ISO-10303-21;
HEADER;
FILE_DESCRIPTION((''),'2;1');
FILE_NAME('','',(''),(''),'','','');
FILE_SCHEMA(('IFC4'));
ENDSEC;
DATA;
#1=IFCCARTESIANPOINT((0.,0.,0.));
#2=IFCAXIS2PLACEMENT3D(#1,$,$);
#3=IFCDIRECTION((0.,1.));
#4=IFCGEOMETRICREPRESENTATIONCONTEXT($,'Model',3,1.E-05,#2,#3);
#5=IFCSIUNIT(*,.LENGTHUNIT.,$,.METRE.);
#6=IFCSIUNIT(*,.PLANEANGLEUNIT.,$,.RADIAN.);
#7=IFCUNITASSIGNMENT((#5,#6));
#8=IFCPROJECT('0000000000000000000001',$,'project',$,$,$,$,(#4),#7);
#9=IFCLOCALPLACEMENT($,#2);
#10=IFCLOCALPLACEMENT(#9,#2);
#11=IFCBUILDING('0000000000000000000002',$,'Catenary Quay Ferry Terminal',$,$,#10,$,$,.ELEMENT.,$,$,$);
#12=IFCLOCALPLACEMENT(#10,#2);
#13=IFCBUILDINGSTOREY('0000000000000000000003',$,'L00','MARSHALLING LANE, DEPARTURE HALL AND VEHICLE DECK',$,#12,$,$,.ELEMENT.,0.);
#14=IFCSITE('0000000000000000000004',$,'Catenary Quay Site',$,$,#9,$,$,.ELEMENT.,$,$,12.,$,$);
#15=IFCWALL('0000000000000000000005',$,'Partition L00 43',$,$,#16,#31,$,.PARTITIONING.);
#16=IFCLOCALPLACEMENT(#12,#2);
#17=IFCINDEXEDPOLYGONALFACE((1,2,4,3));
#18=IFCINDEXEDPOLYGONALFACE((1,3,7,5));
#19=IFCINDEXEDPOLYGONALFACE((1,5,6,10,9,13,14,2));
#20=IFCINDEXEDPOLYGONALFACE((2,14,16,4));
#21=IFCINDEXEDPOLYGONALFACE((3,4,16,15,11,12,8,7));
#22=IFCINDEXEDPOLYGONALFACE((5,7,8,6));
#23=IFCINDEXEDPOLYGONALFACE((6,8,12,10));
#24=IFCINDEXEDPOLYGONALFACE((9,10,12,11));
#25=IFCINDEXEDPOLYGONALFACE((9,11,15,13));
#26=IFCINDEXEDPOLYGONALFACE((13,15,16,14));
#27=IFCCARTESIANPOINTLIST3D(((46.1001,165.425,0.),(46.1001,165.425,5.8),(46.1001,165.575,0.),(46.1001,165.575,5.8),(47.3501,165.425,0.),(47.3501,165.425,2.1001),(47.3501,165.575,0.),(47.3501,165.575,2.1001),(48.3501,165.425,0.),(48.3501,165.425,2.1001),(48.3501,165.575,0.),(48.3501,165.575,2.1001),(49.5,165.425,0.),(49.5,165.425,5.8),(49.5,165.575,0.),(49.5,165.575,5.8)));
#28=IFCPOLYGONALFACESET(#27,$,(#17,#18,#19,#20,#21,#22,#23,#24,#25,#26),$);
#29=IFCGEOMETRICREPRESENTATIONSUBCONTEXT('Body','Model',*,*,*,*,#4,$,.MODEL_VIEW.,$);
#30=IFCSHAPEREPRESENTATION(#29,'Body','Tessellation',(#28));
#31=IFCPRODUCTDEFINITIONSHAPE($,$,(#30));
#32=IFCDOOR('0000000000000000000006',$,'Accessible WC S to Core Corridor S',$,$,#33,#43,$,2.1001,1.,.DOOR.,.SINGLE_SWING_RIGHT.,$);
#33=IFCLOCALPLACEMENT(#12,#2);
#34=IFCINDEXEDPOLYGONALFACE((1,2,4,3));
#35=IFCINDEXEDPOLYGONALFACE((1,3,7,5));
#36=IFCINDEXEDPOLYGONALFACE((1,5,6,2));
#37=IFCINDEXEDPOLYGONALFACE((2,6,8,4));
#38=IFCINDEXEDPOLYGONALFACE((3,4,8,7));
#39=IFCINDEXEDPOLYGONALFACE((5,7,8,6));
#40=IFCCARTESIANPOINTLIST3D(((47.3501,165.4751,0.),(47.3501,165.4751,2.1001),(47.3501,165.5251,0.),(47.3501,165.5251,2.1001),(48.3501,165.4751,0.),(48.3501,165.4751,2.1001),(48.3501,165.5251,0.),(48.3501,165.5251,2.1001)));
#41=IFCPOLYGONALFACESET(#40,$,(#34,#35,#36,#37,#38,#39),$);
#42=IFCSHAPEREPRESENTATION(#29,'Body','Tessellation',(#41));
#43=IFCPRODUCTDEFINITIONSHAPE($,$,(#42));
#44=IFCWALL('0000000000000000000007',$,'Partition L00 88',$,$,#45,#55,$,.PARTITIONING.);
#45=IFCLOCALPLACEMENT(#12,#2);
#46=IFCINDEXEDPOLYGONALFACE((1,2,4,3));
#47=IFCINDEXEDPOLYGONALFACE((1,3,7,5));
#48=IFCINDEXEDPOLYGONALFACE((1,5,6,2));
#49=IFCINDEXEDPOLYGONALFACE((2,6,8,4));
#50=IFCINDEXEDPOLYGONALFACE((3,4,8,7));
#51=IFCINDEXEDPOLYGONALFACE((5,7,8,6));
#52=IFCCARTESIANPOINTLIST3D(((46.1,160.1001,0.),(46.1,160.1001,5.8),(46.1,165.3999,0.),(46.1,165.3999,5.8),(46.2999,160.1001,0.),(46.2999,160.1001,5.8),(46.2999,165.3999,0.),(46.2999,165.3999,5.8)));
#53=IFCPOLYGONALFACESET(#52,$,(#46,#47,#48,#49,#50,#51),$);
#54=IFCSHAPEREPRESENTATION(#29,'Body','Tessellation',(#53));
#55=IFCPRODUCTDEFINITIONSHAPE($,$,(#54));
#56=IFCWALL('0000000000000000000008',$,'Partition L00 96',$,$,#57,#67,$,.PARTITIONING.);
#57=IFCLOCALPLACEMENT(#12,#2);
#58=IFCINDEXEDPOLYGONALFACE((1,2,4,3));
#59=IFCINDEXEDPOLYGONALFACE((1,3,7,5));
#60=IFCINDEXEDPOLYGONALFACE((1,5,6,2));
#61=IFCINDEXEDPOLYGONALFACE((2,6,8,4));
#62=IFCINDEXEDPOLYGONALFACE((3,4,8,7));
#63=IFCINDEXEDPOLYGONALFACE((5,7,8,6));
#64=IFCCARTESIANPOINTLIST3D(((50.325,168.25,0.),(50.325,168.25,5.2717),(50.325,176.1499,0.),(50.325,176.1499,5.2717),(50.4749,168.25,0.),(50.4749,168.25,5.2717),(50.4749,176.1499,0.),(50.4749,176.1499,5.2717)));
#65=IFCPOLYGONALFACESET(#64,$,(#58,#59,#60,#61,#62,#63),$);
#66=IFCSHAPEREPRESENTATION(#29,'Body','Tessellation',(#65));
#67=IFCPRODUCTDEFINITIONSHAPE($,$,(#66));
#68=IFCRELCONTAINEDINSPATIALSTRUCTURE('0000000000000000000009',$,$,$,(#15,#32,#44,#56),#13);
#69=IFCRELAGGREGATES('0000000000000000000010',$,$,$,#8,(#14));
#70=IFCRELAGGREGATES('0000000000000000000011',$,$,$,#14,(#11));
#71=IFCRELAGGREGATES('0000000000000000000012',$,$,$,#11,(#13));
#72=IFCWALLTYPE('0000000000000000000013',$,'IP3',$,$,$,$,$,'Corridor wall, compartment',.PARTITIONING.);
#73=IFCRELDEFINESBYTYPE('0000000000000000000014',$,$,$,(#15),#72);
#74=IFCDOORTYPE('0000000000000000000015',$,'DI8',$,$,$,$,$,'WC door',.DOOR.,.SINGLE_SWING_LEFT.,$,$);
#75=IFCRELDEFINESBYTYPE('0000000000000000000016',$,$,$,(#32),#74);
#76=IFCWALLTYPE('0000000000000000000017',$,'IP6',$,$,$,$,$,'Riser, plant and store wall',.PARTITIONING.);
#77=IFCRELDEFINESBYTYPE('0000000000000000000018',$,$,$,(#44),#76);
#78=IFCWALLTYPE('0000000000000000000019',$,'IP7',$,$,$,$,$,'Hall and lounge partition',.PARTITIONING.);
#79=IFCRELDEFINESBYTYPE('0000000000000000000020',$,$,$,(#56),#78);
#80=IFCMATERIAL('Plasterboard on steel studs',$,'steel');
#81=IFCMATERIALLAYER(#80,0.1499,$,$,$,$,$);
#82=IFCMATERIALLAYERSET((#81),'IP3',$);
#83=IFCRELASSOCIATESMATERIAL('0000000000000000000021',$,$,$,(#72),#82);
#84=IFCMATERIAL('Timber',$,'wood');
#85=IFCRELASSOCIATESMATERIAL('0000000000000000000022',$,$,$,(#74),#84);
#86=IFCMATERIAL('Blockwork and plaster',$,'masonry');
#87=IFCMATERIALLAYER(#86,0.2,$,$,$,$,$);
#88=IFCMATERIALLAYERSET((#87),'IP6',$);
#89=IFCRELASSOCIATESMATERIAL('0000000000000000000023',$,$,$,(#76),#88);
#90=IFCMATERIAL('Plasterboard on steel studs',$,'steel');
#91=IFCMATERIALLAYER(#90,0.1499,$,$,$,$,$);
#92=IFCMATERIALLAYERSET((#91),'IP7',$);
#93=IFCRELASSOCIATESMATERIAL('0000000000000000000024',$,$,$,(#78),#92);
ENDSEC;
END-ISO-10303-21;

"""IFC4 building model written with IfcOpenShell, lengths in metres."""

from ifc_helpers import new_model, si_unit, direction, frame, frame_2d, origin, place, context, subcontext, project, spatial, rectangle, extrude, material, layer, layer_set, type_object, element, fill, save


model = new_model("IFC4")

# Units and contexts
model_context = context("Model", 3, precision=1e-05, world=origin(), true_north=direction((0.0, 1.0)))
body_context = subcontext(model_context, "Body", "Model", "MODEL_VIEW")
ifc_project = project(units=[si_unit("LENGTHUNIT", "METRE"), si_unit("PLANEANGLEUNIT", "RADIAN")], contexts=[model_context])

# Site, building, storey
site_placement = place(None, origin())
site = spatial("IfcSite", under=ifc_project, at=site_placement, Name="Catenary Quay Site", CompositionType="ELEMENT", RefElevation=12.0)
building_placement = place(site_placement, origin())
building = spatial("IfcBuilding", under=site, at=building_placement, Name="Catenary Quay Ferry Terminal", CompositionType="ELEMENT")
storey_placement = place(building_placement, origin())
storey = spatial("IfcBuildingStorey", under=building, at=storey_placement, Name="L00", Description="MARSHALLING LANE, DEPARTURE HALL AND VEHICLE DECK", CompositionType="ELEMENT", Elevation=0.0)

# Wall, opening, door
ifc_material_1 = material(Name="Plasterboard on steel studs", Category="steel")
ifc_layer_1 = layer(ifc_material_1, 0.1499)
ifc_layer_set_1 = layer_set([ifc_layer_1], Name="IP3")
wall_type_1 = type_object("IfcWallType", Name="IP3", ElementType="Corridor wall, compartment", PredefinedType="PARTITIONING", material=ifc_layer_set_1)
wall_1_placement = place(storey_placement, frame((46.1001, 165.5, 0.0), z_axis=(0.0, 0.0, 1.0), x_axis=(1.0, 0.0, 0.0)))
wall_1 = element("IfcWall", 1, at=wall_1_placement, inside=storey, type_object=wall_type_1, Name="Partition L00 43", PredefinedType="PARTITIONING", context=body_context, shape_type="SweptSolid", body=[
    extrude(rectangle(XDim=3.3999, YDim=0.1499, at=frame_2d((1.7, 0.0))), origin(), (0.0, 0.0, 1.0), 5.8),
])
opening_1_placement = place(wall_1_placement, frame((1.25, 0.0, 0.0)))
opening_1 = element("IfcOpeningElement", 2, at=opening_1_placement, cuts=wall_1, PredefinedType="OPENING", context=body_context, shape_type="SweptSolid", body=[
    extrude(rectangle(XDim=1.0, YDim=2.1001, at=frame_2d((0.5, 1.05))), frame((0.0, 0.085, 0.0), z_axis=(0.0, -1.0, 0.0), x_axis=(1.0, 0.0, 0.0)), (0.0, 0.0, 1.0), 0.1699),
])
ifc_material_2 = material(Name="Timber", Category="wood")
door_type = type_object("IfcDoorType", Name="DI8", ElementType="WC door", OperationType="SINGLE_SWING_LEFT", PredefinedType="DOOR", material=ifc_material_2)
door_placement = place(opening_1_placement, frame((1.0, 0.0, 0.0), z_axis=(0.0, 0.0, 1.0), x_axis=(-1.0, 0.0, 0.0)))
door = element("IfcDoor", 3, at=door_placement, inside=storey, type_object=door_type, Name="Accessible WC S to Core Corridor S", OperationType="SINGLE_SWING_RIGHT", OverallHeight=2.1001, OverallWidth=1.0, PredefinedType="DOOR", context=body_context, shape_type="SweptSolid", body=[
    extrude(rectangle(XDim=1.0, YDim=2.1001, at=frame_2d((0.5, 1.05))), frame((0.0, 0.0249, 0.0), z_axis=(0.0, -1.0, 0.0), x_axis=(1.0, 0.0, 0.0)), (0.0, 0.0, 1.0), 0.05),
])
fill(opening_1, door)

# Walls
ifc_material_3 = material(Name="Blockwork and plaster", Category="masonry")
ifc_layer_2 = layer(ifc_material_3, 0.2)
ifc_layer_set_2 = layer_set([ifc_layer_2], Name="IP6")
wall_type_2 = type_object("IfcWallType", Name="IP6", ElementType="Riser, plant and store wall", PredefinedType="PARTITIONING", material=ifc_layer_set_2)
wall_2_placement = place(storey_placement, frame((46.2, 160.1001, 0.0), z_axis=(0.0, 0.0, 1.0), x_axis=(0.0, 1.0, 0.0)))
element("IfcWall", 4, at=wall_2_placement, inside=storey, type_object=wall_type_2, Name="Partition L00 88", PredefinedType="PARTITIONING", context=body_context, shape_type="SweptSolid", body=[
    extrude(rectangle(XDim=5.2998, YDim=0.2, at=frame_2d((2.6499, 0.0))), origin(), (0.0, 0.0, 1.0), 5.8),
])
ifc_material_4 = material(Name="Plasterboard on steel studs", Category="steel")
ifc_layer_3 = layer(ifc_material_4, 0.1499)
ifc_layer_set_3 = layer_set([ifc_layer_3], Name="IP7")
wall_type_3 = type_object("IfcWallType", Name="IP7", ElementType="Hall and lounge partition", PredefinedType="PARTITIONING", material=ifc_layer_set_3)
wall_3_placement = place(storey_placement, frame((50.3999, 168.25, 0.0), z_axis=(0.0, 0.0, 1.0), x_axis=(0.0, 1.0, 0.0)))
element("IfcWall", 5, at=wall_3_placement, inside=storey, type_object=wall_type_3, Name="Partition L00 96", PredefinedType="PARTITIONING", context=body_context, shape_type="SweptSolid", body=[
    extrude(rectangle(XDim=7.8999, YDim=0.1499, at=frame_2d((3.95, 0.0))), origin(), (0.0, 0.0, 1.0), 5.2717),
])

save(model, "model.ifc")
